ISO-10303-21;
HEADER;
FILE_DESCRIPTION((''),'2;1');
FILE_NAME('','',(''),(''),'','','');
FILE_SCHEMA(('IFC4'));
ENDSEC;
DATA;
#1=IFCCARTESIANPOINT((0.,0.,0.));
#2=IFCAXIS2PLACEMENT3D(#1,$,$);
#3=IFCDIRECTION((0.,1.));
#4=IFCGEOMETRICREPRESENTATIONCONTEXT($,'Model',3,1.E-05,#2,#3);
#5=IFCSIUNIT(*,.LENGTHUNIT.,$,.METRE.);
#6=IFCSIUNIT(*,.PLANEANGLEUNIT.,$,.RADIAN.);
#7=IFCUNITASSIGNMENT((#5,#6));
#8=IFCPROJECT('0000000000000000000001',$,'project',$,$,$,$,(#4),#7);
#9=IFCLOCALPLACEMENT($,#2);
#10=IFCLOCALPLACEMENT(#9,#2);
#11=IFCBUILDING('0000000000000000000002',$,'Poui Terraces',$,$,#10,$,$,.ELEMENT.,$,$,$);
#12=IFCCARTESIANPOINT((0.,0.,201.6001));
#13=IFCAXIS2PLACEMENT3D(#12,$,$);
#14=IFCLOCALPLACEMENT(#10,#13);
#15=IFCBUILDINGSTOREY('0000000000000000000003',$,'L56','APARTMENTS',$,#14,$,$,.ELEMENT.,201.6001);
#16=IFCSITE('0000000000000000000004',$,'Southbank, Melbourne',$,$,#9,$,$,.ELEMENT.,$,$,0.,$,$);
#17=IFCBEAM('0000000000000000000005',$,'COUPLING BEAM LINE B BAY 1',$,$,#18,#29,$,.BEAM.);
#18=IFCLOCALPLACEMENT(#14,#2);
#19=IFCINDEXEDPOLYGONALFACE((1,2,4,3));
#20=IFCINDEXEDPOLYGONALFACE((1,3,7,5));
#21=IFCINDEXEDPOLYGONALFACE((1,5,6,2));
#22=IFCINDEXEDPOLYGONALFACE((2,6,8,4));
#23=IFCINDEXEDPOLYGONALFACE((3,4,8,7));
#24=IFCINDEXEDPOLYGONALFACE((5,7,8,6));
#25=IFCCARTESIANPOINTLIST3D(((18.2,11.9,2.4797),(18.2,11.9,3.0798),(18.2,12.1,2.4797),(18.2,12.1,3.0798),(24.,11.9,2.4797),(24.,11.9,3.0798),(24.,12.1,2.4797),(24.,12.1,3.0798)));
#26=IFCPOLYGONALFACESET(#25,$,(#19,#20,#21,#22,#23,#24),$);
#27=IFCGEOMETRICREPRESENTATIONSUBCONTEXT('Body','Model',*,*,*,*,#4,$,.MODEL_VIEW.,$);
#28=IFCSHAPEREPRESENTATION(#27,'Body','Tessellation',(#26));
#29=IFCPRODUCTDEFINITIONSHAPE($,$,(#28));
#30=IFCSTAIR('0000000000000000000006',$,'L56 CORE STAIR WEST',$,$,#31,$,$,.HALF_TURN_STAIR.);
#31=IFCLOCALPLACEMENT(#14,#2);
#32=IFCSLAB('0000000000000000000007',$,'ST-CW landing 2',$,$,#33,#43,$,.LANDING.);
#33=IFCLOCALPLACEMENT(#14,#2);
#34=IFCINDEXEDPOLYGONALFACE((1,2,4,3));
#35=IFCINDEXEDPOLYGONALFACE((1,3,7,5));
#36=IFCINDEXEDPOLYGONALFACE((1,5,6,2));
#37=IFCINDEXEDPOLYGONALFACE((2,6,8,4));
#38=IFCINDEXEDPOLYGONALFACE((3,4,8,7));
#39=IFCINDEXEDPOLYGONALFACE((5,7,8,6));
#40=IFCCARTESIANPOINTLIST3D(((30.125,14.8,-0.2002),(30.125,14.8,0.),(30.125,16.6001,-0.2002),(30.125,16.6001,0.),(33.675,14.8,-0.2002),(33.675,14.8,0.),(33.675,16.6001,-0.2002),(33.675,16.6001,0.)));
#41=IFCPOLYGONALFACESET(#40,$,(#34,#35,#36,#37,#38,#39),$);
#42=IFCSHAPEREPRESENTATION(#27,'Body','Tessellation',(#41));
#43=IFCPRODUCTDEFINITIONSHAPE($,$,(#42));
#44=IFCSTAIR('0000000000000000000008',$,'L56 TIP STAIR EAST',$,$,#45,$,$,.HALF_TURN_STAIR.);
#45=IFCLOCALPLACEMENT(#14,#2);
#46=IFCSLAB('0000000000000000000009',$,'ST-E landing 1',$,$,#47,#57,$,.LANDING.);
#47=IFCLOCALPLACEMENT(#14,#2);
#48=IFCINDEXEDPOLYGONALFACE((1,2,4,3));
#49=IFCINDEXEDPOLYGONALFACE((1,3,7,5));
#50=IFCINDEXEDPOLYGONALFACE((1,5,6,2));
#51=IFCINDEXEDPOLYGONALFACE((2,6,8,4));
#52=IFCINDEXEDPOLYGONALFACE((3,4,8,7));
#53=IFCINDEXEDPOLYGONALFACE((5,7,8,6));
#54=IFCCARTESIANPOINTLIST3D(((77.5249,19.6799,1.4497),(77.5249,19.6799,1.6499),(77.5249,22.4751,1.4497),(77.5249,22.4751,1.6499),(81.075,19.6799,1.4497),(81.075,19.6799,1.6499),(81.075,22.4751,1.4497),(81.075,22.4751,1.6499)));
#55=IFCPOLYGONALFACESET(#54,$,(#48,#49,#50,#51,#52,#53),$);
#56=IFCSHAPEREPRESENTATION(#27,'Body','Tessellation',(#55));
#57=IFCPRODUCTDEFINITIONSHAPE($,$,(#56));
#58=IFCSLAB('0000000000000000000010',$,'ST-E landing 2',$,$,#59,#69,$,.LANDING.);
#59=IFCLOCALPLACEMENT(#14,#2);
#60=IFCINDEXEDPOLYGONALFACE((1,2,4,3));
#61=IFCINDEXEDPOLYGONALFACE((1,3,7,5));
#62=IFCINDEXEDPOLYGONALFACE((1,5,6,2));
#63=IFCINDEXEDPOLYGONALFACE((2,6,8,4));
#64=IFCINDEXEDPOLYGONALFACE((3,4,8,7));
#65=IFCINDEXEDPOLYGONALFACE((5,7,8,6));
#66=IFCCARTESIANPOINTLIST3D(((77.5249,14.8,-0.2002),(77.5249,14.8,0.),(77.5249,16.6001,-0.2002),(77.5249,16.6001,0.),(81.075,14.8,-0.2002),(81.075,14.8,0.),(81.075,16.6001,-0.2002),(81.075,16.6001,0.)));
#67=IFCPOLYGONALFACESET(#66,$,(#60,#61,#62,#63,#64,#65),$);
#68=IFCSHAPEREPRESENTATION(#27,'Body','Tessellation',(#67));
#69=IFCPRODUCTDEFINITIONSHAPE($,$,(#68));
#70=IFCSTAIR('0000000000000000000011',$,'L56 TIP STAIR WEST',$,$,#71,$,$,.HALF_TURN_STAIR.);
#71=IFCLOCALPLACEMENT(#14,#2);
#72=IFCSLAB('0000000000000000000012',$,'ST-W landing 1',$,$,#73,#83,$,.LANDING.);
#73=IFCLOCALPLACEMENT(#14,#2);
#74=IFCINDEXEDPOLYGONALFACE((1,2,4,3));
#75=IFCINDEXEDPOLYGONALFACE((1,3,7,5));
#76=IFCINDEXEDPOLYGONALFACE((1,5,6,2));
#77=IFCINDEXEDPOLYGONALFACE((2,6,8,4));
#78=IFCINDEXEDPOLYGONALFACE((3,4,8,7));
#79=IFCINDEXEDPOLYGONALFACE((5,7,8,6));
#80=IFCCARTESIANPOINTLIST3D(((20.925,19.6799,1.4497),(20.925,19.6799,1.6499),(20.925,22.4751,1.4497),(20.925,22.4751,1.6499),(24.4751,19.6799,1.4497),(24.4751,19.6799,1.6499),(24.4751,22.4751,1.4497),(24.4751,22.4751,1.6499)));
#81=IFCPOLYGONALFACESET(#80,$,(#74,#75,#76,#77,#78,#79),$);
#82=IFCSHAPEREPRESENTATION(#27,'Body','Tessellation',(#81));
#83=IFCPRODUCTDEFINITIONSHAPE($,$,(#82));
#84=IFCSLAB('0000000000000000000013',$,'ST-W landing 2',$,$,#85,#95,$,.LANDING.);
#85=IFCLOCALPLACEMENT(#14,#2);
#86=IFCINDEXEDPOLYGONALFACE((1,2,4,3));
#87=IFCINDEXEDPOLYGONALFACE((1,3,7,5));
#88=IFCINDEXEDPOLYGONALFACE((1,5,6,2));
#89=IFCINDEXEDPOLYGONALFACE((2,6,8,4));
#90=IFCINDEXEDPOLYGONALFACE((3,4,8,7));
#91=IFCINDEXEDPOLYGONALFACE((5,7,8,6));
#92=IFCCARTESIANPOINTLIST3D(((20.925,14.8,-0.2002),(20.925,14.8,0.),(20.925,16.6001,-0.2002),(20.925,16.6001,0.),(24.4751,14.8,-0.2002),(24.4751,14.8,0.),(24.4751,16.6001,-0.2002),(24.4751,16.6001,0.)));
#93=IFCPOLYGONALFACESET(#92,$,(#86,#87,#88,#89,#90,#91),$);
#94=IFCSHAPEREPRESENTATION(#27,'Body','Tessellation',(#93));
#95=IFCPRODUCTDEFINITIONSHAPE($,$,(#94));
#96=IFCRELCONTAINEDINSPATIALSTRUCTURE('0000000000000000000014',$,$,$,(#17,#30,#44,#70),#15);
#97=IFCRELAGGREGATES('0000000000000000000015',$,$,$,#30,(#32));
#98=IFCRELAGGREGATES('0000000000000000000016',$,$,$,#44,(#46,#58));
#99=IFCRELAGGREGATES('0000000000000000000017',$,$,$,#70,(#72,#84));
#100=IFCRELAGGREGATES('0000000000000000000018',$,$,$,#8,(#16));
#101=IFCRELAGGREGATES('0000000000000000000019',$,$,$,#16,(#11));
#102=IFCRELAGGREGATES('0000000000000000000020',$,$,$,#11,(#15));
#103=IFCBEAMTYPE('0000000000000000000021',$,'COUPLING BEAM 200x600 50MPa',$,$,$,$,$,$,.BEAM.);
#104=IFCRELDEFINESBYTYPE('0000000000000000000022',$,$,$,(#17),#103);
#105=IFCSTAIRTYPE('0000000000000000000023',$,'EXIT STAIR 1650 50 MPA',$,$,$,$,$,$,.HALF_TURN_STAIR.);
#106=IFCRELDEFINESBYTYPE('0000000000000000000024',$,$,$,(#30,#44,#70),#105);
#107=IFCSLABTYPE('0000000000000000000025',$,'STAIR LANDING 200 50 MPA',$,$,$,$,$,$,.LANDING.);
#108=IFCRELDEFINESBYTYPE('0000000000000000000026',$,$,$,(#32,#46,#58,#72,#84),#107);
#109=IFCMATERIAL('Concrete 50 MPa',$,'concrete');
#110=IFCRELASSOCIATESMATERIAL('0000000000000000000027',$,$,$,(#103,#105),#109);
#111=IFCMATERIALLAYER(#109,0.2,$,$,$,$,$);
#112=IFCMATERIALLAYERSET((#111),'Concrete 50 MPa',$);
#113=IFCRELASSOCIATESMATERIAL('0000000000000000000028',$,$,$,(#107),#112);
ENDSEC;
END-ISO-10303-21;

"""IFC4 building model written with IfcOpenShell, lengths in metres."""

from ifc_helpers import new_model, si_unit, direction, frame, origin, origin_2d, place, context, subcontext, project, spatial, polyline, rectangle, outline, extrude, source, transform, mapped, material, layer, layer_set, material_profile, profile_set, type_object, element, aggregate, save


model = new_model("IFC4")

# Units and contexts
model_context = context("Model", 3, precision=1e-05, world=origin(), true_north=direction((0.0, 1.0)))
body_context = subcontext(model_context, "Body", "Model", "MODEL_VIEW")
ifc_project = project(units=[si_unit("LENGTHUNIT", "METRE"), si_unit("PLANEANGLEUNIT", "RADIAN")], contexts=[model_context])

# Site, building, storey
site_placement = place(None, origin())
site = spatial("IfcSite", under=ifc_project, at=site_placement, Name="Southbank, Melbourne", CompositionType="ELEMENT", RefElevation=0.0)
building_placement = place(site_placement, origin())
building = spatial("IfcBuilding", under=site, at=building_placement, Name="Poui Terraces", CompositionType="ELEMENT")
storey_placement = place(building_placement, frame((0.0, 0.0, 201.6001)))
storey = spatial("IfcBuildingStorey", under=building, at=storey_placement, Name="L56", Description="APARTMENTS", CompositionType="ELEMENT", Elevation=201.6001)

# Beam
ifc_material_1 = material(Name="Concrete 50 MPa", Category="concrete")
ifc_material_profile = material_profile(ifc_material_1, rectangle(XDim=0.2, YDim=0.6001, at=origin_2d()), Name="RC 200x600")
ifc_profile_set = profile_set([ifc_material_profile], Name="Concrete 50 MPa")
beam_type = type_object("IfcBeamType", Name="COUPLING BEAM 200x600 50MPa", PredefinedType="BEAM", material=ifc_profile_set)
shared_shape_1 = source(origin(), body_context, "Body", "SweptSolid", [
    extrude(rectangle(XDim=0.2, YDim=0.6001, at=origin_2d()), origin(), (0.0, 0.0, 1.0), 5.8),
])
beam_placement = place(storey_placement, frame((18.2, 12.0, 2.7798), z_axis=(1.0, 0.0, 0.0), x_axis=(0.0, 1.0, 0.0)))
element("IfcBeam", 1, at=beam_placement, inside=storey, type_object=beam_type, Name="COUPLING BEAM LINE B BAY 1", PredefinedType="BEAM", context=body_context, shape_type="MappedRepresentation", body=[
    mapped(shared_shape_1, transform((0.0, 0.0, 0.0))),
])

# Stair, slab
stair_type = type_object("IfcStairType", Name="EXIT STAIR 1650 50 MPA", PredefinedType="HALF_TURN_STAIR", material=ifc_material_1)
stair_1_placement = place(storey_placement, origin())
stair_1 = element("IfcStair", 2, at=stair_1_placement, inside=storey, type_object=stair_type, Name="L56 CORE STAIR WEST", PredefinedType="HALF_TURN_STAIR")
ifc_layer_1 = layer(ifc_material_1, 0.2)
ifc_layer_set_1 = layer_set([ifc_layer_1], Name="Concrete 50 MPa")
slab_type_1 = type_object("IfcSlabType", Name="STAIR LANDING 200 50 MPA", PredefinedType="LANDING", material=ifc_layer_set_1)
slab_1_placement = place(storey_placement, frame((0.0, 0.0, -0.2002)))
slab_1 = element("IfcSlab", 3, at=slab_1_placement, type_object=slab_type_1, Name="ST-CW landing 2", PredefinedType="LANDING", context=body_context, shape_type="SweptSolid", body=[
    extrude(outline(polyline([(30.125, 14.8), (33.675, 14.8), (33.675, 16.6001), (30.125, 16.6001), (30.125, 14.8)])), origin(), (0.0, 0.0, 1.0), 0.2002),
])
aggregate(stair_1, [slab_1])

# Stairs, slabs
stair_2_placement = place(storey_placement, origin())
stair_2 = element("IfcStair", 4, at=stair_2_placement, inside=storey, type_object=stair_type, Name="L56 TIP STAIR EAST", PredefinedType="HALF_TURN_STAIR")
slab_2_placement = place(storey_placement, frame((0.0, 0.0, 1.4497)))
slab_2 = element("IfcSlab", 5, at=slab_2_placement, type_object=slab_type_1, Name="ST-E landing 1", PredefinedType="LANDING", context=body_context, shape_type="SweptSolid", body=[
    extrude(outline(polyline([(77.5249, 19.6799), (81.075, 19.6799), (81.075, 22.4751), (77.5249, 22.4751), (77.5249, 19.6799)])), origin(), (0.0, 0.0, 1.0), 0.2002),
])
slab_3_placement = place(storey_placement, frame((0.0, 0.0, -0.2002)))
slab_3 = element("IfcSlab", 6, at=slab_3_placement, type_object=slab_type_1, Name="ST-E landing 2", PredefinedType="LANDING", context=body_context, shape_type="SweptSolid", body=[
    extrude(outline(polyline([(77.5249, 14.8), (81.075, 14.8), (81.075, 16.6001), (77.5249, 16.6001), (77.5249, 14.8)])), origin(), (0.0, 0.0, 1.0), 0.2002),
])
aggregate(stair_2, [slab_2, slab_3])
stair_3_placement = place(storey_placement, origin())
stair_3 = element("IfcStair", 7, at=stair_3_placement, inside=storey, type_object=stair_type, Name="L56 TIP STAIR WEST", PredefinedType="HALF_TURN_STAIR")
slab_4_placement = place(storey_placement, frame((0.0, 0.0, 1.4497)))
slab_4 = element("IfcSlab", 8, at=slab_4_placement, type_object=slab_type_1, Name="ST-W landing 1", PredefinedType="LANDING", context=body_context, shape_type="SweptSolid", body=[
    extrude(outline(polyline([(20.925, 19.6799), (24.4751, 19.6799), (24.4751, 22.4751), (20.925, 22.4751), (20.925, 19.6799)])), origin(), (0.0, 0.0, 1.0), 0.2002),
])
slab_5_placement = place(storey_placement, frame((0.0, 0.0, -0.2002)))
slab_5 = element("IfcSlab", 9, at=slab_5_placement, type_object=slab_type_1, Name="ST-W landing 2", PredefinedType="LANDING", context=body_context, shape_type="SweptSolid", body=[
    extrude(outline(polyline([(20.925, 14.8), (24.4751, 14.8), (24.4751, 16.6001), (20.925, 16.6001), (20.925, 14.8)])), origin(), (0.0, 0.0, 1.0), 0.2002),
])
aggregate(stair_3, [slab_4, slab_5])

save(model, "model.ifc")
